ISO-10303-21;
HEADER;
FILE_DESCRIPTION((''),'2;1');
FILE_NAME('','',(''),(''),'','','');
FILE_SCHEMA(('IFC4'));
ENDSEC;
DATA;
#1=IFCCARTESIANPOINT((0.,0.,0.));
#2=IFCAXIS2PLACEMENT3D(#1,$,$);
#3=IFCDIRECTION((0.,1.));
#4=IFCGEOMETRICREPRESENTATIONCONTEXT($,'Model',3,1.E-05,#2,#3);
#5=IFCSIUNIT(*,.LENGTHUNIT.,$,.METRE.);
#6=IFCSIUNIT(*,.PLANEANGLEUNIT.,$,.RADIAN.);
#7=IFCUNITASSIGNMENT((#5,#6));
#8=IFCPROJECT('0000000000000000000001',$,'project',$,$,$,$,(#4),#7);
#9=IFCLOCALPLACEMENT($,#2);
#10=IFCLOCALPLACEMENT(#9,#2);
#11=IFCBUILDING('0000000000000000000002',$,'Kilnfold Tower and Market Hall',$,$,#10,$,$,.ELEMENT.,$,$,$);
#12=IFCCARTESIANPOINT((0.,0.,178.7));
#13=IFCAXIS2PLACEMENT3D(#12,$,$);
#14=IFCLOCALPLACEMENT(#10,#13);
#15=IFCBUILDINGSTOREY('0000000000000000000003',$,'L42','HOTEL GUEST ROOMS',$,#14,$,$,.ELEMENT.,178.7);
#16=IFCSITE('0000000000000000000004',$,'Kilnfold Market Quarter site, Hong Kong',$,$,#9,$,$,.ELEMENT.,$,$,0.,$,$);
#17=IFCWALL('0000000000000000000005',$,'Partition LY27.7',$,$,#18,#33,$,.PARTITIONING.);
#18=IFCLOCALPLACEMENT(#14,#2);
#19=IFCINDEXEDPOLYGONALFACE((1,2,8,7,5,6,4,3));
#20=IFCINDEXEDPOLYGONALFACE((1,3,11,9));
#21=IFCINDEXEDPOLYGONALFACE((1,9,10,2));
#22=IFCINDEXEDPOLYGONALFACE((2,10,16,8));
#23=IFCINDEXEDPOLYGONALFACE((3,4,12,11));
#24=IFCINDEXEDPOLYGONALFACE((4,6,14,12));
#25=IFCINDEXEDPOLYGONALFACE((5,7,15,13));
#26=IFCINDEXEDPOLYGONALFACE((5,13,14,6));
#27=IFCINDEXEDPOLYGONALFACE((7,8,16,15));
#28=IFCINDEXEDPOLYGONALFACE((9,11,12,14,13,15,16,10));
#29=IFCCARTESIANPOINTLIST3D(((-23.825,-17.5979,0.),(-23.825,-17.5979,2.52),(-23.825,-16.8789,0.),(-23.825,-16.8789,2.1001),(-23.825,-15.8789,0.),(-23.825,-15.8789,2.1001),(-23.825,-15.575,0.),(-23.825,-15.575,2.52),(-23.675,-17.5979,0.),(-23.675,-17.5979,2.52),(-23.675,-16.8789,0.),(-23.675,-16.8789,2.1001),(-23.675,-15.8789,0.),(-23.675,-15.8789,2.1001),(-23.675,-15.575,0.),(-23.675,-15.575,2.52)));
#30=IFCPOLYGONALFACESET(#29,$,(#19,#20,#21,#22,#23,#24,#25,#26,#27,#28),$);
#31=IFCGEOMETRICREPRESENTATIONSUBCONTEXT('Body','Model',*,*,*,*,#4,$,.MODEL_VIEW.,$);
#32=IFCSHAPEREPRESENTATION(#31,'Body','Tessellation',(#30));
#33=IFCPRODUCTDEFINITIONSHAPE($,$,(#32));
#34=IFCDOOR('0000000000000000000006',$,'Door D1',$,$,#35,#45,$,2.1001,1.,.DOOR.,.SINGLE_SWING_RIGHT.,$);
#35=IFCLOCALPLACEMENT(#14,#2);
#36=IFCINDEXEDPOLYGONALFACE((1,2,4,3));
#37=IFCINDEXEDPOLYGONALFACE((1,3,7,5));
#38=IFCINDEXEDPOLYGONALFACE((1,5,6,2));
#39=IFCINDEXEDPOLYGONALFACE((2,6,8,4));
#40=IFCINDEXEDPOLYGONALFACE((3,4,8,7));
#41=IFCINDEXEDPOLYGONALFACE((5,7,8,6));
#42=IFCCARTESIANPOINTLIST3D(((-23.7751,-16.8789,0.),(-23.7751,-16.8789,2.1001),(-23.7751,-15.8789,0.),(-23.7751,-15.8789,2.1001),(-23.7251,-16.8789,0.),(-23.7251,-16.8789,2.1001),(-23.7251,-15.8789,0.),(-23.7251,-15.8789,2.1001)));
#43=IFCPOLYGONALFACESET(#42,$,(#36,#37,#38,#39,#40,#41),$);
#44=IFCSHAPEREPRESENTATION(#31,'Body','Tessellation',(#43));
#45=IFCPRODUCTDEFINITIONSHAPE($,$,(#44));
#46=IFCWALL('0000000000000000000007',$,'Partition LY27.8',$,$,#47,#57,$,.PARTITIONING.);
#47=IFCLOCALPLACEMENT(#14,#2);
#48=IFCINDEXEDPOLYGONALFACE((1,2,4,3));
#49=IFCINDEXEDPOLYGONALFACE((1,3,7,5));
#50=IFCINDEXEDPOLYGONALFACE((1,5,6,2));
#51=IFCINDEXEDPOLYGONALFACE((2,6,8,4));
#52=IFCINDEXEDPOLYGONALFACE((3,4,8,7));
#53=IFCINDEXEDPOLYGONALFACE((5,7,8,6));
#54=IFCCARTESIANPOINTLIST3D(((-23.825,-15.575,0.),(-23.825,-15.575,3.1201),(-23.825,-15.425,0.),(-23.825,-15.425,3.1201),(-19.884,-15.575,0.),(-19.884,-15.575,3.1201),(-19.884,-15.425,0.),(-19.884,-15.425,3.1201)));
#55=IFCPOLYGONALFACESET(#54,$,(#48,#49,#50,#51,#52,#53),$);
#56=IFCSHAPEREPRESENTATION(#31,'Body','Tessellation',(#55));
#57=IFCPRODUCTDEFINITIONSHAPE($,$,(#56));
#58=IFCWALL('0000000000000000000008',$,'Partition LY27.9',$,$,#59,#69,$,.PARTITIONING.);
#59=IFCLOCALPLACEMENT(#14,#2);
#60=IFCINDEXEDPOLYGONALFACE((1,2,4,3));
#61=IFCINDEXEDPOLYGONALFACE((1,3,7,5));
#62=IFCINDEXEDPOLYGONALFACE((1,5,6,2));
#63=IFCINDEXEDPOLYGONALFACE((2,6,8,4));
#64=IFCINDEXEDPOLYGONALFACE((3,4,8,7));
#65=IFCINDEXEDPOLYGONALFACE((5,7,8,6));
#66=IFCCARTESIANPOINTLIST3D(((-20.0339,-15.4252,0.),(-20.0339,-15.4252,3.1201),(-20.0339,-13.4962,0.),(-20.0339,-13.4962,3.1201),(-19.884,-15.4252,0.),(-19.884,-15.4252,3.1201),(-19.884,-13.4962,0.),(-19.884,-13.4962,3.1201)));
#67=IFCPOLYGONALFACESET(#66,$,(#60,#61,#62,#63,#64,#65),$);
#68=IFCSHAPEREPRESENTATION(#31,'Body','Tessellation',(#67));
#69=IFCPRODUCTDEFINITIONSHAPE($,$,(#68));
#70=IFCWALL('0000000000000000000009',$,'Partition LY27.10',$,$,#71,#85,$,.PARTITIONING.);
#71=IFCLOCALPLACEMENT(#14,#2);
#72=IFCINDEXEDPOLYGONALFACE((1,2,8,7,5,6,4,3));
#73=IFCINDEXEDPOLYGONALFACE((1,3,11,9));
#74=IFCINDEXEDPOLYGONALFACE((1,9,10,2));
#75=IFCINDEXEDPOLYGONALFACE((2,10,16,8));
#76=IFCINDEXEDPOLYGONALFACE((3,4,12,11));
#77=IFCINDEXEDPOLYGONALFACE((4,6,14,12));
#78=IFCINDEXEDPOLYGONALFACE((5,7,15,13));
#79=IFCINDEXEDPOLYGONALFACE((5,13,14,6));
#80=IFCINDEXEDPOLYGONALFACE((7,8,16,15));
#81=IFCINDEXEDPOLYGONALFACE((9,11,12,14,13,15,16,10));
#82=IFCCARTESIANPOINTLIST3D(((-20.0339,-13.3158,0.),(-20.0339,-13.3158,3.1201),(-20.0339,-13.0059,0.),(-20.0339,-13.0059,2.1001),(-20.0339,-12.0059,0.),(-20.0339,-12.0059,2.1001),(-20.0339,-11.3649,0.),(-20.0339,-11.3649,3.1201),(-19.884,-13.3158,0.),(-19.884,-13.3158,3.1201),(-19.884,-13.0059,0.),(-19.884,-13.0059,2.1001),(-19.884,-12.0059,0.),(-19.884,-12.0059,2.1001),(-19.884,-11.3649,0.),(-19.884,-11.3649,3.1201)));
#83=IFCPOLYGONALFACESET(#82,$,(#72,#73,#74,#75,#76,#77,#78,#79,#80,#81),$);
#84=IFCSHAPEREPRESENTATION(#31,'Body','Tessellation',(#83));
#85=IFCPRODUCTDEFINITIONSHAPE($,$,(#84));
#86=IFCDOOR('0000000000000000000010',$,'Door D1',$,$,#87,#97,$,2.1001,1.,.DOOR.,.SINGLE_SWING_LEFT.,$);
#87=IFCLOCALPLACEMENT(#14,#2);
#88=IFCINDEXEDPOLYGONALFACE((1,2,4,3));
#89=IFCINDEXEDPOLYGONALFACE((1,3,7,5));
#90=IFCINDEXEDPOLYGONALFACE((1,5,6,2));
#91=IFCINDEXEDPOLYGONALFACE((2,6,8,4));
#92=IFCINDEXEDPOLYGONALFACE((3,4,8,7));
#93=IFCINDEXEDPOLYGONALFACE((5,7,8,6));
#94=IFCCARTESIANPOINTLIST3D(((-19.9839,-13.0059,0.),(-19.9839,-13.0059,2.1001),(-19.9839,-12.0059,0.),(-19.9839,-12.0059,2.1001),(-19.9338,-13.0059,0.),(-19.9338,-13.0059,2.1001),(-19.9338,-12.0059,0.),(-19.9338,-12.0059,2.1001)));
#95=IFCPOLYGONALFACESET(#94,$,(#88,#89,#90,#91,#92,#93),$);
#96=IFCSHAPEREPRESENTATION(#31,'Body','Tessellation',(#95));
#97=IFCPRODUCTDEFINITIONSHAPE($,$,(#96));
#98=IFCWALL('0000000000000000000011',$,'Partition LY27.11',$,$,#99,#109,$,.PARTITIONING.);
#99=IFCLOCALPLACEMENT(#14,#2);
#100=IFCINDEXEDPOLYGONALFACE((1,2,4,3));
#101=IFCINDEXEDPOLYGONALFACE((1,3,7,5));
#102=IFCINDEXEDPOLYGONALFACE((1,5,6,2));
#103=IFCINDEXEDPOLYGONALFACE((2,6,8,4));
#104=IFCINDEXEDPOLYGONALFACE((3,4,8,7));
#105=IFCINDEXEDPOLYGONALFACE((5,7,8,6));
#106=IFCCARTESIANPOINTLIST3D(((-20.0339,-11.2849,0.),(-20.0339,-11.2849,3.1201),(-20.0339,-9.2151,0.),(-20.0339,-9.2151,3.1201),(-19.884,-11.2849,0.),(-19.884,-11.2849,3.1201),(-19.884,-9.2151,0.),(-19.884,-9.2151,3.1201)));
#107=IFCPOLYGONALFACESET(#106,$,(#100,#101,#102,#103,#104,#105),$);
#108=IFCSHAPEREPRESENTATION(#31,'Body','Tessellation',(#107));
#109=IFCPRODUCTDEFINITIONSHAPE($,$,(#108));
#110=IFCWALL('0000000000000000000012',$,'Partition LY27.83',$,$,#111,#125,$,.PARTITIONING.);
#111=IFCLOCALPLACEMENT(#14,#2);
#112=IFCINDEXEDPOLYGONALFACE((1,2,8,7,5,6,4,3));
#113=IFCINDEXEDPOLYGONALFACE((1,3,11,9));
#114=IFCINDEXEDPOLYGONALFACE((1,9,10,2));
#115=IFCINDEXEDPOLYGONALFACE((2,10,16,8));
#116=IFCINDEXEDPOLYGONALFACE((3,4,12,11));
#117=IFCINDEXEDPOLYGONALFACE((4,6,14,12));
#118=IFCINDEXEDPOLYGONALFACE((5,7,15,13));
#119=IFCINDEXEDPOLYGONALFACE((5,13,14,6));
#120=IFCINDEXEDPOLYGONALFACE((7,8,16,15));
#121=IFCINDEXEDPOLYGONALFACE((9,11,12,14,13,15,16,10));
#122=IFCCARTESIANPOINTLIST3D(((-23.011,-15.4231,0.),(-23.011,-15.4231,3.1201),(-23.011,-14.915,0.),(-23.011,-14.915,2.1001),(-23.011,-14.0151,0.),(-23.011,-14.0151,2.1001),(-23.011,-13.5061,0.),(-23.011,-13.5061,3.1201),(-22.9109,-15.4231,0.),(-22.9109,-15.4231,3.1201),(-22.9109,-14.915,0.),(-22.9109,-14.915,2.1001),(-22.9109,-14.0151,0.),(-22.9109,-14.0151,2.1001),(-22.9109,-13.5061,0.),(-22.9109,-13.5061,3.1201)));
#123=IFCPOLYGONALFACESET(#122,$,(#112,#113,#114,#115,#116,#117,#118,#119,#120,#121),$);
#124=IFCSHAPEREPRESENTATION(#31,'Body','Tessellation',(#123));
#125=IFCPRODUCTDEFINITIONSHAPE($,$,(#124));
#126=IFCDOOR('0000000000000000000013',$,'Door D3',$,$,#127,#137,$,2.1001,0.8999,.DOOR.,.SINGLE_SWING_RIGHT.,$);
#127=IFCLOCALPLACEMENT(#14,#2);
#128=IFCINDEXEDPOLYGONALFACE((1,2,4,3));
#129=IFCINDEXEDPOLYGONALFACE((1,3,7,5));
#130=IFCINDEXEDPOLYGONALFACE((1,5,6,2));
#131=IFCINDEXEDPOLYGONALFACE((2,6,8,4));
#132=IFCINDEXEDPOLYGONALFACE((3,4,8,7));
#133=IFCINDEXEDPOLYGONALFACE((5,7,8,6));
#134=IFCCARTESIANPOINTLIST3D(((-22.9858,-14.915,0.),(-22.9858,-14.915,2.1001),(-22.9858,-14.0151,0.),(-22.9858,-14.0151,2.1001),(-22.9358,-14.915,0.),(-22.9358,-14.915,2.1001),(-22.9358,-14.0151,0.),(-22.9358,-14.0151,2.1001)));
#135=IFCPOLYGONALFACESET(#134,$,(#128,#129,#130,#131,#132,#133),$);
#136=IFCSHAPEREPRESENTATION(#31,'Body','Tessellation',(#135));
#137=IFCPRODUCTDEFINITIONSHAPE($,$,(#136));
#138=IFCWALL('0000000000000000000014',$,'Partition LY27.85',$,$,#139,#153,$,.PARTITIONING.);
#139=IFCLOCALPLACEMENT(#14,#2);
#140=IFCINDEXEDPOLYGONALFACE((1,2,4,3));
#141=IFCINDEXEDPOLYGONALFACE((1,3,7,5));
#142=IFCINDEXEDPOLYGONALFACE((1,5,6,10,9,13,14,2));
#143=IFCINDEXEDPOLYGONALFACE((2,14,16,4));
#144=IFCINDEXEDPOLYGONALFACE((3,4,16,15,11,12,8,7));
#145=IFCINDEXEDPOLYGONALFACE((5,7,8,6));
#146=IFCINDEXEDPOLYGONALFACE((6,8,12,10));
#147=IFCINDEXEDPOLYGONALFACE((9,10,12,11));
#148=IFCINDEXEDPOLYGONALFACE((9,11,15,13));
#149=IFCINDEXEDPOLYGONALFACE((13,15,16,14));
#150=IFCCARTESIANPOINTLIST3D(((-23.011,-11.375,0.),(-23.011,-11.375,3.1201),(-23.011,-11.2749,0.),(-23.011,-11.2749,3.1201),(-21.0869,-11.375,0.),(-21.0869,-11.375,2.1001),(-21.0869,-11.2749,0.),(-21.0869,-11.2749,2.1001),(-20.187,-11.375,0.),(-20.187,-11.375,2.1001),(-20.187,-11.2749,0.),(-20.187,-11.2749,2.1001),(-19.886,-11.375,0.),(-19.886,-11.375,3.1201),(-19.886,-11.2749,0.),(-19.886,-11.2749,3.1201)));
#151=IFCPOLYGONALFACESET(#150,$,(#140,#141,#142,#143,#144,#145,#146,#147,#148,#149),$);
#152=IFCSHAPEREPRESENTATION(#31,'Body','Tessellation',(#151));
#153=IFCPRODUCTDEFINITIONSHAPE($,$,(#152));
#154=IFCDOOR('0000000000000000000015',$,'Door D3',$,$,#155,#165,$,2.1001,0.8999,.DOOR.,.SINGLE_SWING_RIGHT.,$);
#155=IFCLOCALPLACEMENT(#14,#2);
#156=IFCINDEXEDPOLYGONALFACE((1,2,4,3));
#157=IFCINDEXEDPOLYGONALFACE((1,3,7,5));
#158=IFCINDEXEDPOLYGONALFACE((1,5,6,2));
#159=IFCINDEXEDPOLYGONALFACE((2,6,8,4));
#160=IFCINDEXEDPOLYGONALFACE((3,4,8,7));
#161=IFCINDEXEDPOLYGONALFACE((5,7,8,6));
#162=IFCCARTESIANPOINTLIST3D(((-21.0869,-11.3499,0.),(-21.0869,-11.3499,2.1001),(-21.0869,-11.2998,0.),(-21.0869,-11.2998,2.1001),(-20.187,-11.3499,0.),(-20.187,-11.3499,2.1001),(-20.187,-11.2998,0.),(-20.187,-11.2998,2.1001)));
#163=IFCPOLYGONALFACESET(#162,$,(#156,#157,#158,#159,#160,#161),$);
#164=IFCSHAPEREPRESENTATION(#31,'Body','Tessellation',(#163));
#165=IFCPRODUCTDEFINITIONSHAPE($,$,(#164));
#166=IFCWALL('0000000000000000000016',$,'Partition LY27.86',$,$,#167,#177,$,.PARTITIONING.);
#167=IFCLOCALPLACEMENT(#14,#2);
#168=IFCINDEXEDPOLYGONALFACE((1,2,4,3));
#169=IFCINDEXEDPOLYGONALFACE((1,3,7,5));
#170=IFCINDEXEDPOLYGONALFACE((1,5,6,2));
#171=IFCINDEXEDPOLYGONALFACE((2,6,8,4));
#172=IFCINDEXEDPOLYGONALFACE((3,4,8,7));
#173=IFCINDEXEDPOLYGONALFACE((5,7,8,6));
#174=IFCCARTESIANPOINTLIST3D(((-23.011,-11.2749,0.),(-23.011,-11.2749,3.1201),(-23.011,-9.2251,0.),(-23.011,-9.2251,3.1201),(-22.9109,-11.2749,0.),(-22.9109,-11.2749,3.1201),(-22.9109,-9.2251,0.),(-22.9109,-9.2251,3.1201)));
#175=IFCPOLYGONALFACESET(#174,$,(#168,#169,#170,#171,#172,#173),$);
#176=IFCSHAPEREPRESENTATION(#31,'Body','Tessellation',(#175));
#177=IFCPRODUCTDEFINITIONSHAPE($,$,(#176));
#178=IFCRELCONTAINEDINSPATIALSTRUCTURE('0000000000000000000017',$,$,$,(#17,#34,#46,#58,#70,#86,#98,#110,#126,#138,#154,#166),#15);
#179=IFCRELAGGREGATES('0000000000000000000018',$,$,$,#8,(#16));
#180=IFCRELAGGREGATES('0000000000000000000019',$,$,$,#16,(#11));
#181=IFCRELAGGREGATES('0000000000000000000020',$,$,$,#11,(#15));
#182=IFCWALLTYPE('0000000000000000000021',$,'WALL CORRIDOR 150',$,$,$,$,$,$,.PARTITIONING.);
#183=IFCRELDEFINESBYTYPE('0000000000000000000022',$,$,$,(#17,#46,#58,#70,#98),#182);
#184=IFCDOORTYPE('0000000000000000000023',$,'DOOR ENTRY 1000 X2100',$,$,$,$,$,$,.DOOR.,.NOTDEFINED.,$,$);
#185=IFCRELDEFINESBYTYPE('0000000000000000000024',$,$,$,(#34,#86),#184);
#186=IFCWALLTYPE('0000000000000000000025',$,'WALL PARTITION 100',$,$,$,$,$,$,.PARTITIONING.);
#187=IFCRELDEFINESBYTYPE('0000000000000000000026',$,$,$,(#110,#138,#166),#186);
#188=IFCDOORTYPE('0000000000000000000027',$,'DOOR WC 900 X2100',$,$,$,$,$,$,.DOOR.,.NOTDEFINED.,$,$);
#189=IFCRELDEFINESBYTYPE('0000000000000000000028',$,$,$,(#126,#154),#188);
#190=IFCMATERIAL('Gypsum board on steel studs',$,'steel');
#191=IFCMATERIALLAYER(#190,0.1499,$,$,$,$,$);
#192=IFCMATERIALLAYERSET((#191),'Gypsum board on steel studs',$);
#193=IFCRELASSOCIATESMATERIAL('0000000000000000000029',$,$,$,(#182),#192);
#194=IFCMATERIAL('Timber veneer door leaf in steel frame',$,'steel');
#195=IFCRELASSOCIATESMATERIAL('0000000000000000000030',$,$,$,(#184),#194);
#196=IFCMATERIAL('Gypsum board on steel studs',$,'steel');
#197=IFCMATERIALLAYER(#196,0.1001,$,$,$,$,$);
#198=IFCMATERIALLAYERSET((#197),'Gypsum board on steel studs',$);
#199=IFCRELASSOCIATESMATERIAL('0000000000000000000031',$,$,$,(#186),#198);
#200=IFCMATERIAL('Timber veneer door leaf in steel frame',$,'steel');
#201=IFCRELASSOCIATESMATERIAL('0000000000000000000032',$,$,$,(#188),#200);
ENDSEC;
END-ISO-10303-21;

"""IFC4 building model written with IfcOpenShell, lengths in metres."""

from ifc_helpers import new_model, si_unit, direction, frame, frame_2d, origin, place, context, subcontext, project, spatial, rectangle, extrude, material, layer, layer_set, type_object, element, fill, save


model = new_model("IFC4")

# Units and contexts
model_context = context("Model", 3, precision=1e-05, world=origin(), true_north=direction((0.0, 1.0)))
body_context = subcontext(model_context, "Body", "Model", "MODEL_VIEW")
ifc_project = project(units=[si_unit("LENGTHUNIT", "METRE"), si_unit("PLANEANGLEUNIT", "RADIAN")], contexts=[model_context])

# Site, building, storey
site_placement = place(None, origin())
site = spatial("IfcSite", under=ifc_project, at=site_placement, Name="Kilnfold Market Quarter site, Hong Kong", CompositionType="ELEMENT", RefElevation=0.0)
building_placement = place(site_placement, origin())
building = spatial("IfcBuilding", under=site, at=building_placement, Name="Kilnfold Tower and Market Hall", CompositionType="ELEMENT")
storey_placement = place(building_placement, frame((0.0, 0.0, 178.7)))
storey = spatial("IfcBuildingStorey", under=building, at=storey_placement, Name="L42", Description="HOTEL GUEST ROOMS", CompositionType="ELEMENT", Elevation=178.7)

# Wall, opening, door
ifc_material_1 = material(Name="Gypsum board on steel studs", Category="steel")
ifc_layer_1 = layer(ifc_material_1, 0.1499)
ifc_layer_set_1 = layer_set([ifc_layer_1], Name="Gypsum board on steel studs")
wall_type_1 = type_object("IfcWallType", Name="WALL CORRIDOR 150", PredefinedType="PARTITIONING", material=ifc_layer_set_1)
wall_1_placement = place(storey_placement, frame((-23.75, -15.575, 0.0), z_axis=(0.0, 0.0, 1.0), x_axis=(0.0, -1.0, 0.0)))
wall_1 = element("IfcWall", 1, at=wall_1_placement, inside=storey, type_object=wall_type_1, Name="Partition LY27.7", PredefinedType="PARTITIONING", context=body_context, shape_type="SweptSolid", body=[
    extrude(rectangle(XDim=2.0229, YDim=0.1499, at=frame_2d((1.0115, 0.0))), origin(), (0.0, 0.0, 1.0), 2.52),
])
opening_1_placement = place(wall_1_placement, frame((0.304, 0.0, 0.0)))
opening_1 = element("IfcOpeningElement", 2, at=opening_1_placement, cuts=wall_1, PredefinedType="OPENING", context=body_context, shape_type="SweptSolid", body=[
    extrude(rectangle(XDim=1.0, YDim=2.1001, at=frame_2d((0.5, 1.05))), frame((0.0, 0.085, 0.0), z_axis=(0.0, -1.0, 0.0), x_axis=(1.0, 0.0, 0.0)), (0.0, 0.0, 1.0), 0.1699),
])
ifc_material_2 = material(Name="Timber veneer door leaf in steel frame", Category="steel")
door_type_1 = type_object("IfcDoorType", Name="DOOR ENTRY 1000 X2100", OperationType="NOTDEFINED", PredefinedType="DOOR", material=ifc_material_2)
door_1_placement = place(opening_1_placement, origin())
door_1 = element("IfcDoor", 3, at=door_1_placement, inside=storey, type_object=door_type_1, Name="Door D1", OperationType="SINGLE_SWING_RIGHT", OverallHeight=2.1001, OverallWidth=1.0, PredefinedType="DOOR", context=body_context, shape_type="SweptSolid", body=[
    extrude(rectangle(XDim=1.0, YDim=2.1001, at=frame_2d((0.5, 1.05))), frame((0.0, 0.0249, 0.0), z_axis=(0.0, -1.0, 0.0), x_axis=(1.0, 0.0, 0.0)), (0.0, 0.0, 1.0), 0.05),
])
fill(opening_1, door_1)

# Walls
wall_2_placement = place(storey_placement, frame((-23.825, -15.5, 0.0), z_axis=(0.0, 0.0, 1.0), x_axis=(1.0, 0.0, 0.0)))
element("IfcWall", 4, at=wall_2_placement, inside=storey, type_object=wall_type_1, Name="Partition LY27.8", PredefinedType="PARTITIONING", context=body_context, shape_type="SweptSolid", body=[
    extrude(rectangle(XDim=3.9409, YDim=0.1499, at=frame_2d((1.9705, 0.0))), origin(), (0.0, 0.0, 1.0), 3.1201),
])
wall_3_placement = place(storey_placement, frame((-19.959, -15.425, 0.0), z_axis=(0.0, 0.0, 1.0), x_axis=(0.0, 1.0, 0.0)))
element("IfcWall", 5, at=wall_3_placement, inside=storey, type_object=wall_type_1, Name="Partition LY27.9", PredefinedType="PARTITIONING", context=body_context, shape_type="SweptSolid", body=[
    extrude(rectangle(XDim=1.929, YDim=0.1499, at=frame_2d((0.9644, 0.0))), origin(), (0.0, 0.0, 1.0), 3.1201),
])

# Wall, opening, door
wall_4_placement = place(storey_placement, frame((-19.959, -13.3159, 0.0), z_axis=(0.0, 0.0, 1.0), x_axis=(0.0, 1.0, 0.0)))
wall_4 = element("IfcWall", 6, at=wall_4_placement, inside=storey, type_object=wall_type_1, Name="Partition LY27.10", PredefinedType="PARTITIONING", context=body_context, shape_type="SweptSolid", body=[
    extrude(rectangle(XDim=1.9509, YDim=0.1499, at=frame_2d((0.9756, 0.0))), origin(), (0.0, 0.0, 1.0), 3.1201),
])
opening_2_placement = place(wall_4_placement, frame((0.3101, 0.0, 0.0)))
opening_2 = element("IfcOpeningElement", 7, at=opening_2_placement, cuts=wall_4, PredefinedType="OPENING", context=body_context, shape_type="SweptSolid", body=[
    extrude(rectangle(XDim=1.0, YDim=2.1001, at=frame_2d((0.5, 1.05))), frame((0.0, 0.085, 0.0), z_axis=(0.0, -1.0, 0.0), x_axis=(1.0, 0.0, 0.0)), (0.0, 0.0, 1.0), 0.1699),
])
door_2_placement = place(opening_2_placement, origin())
door_2 = element("IfcDoor", 8, at=door_2_placement, inside=storey, type_object=door_type_1, Name="Door D1", OperationType="SINGLE_SWING_LEFT", OverallHeight=2.1001, OverallWidth=1.0, PredefinedType="DOOR", context=body_context, shape_type="SweptSolid", body=[
    extrude(rectangle(XDim=1.0, YDim=2.1001, at=frame_2d((0.5, 1.05))), frame((0.0, 0.0249, 0.0), z_axis=(0.0, -1.0, 0.0), x_axis=(1.0, 0.0, 0.0)), (0.0, 0.0, 1.0), 0.05),
])
fill(opening_2, door_2)

# Wall
wall_5_placement = place(storey_placement, frame((-19.959, -11.2849, 0.0), z_axis=(0.0, 0.0, 1.0), x_axis=(0.0, 1.0, 0.0)))
element("IfcWall", 9, at=wall_5_placement, inside=storey, type_object=wall_type_1, Name="Partition LY27.11", PredefinedType="PARTITIONING", context=body_context, shape_type="SweptSolid", body=[
    extrude(rectangle(XDim=2.0698, YDim=0.1499, at=frame_2d((1.0349, 0.0))), origin(), (0.0, 0.0, 1.0), 3.1201),
])

# Walls, openings, doors
ifc_material_3 = material(Name="Gypsum board on steel studs", Category="steel")
ifc_layer_2 = layer(ifc_material_3, 0.1001)
ifc_layer_set_2 = layer_set([ifc_layer_2], Name="Gypsum board on steel studs")
wall_type_2 = type_object("IfcWallType", Name="WALL PARTITION 100", PredefinedType="PARTITIONING", material=ifc_layer_set_2)
wall_6_placement = place(storey_placement, frame((-22.9609, -15.4231, 0.0), z_axis=(0.0, 0.0, 1.0), x_axis=(0.0, 1.0, 0.0)))
wall_6 = element("IfcWall", 10, at=wall_6_placement, inside=storey, type_object=wall_type_2, Name="Partition LY27.83", PredefinedType="PARTITIONING", context=body_context, shape_type="SweptSolid", body=[
    extrude(rectangle(XDim=1.917, YDim=0.1001, at=frame_2d((0.9585, 0.0))), origin(), (0.0, 0.0, 1.0), 3.1201),
])
opening_3_placement = place(wall_6_placement, frame((0.5081, 0.0, 0.0)))
opening_3 = element("IfcOpeningElement", 11, at=opening_3_placement, cuts=wall_6, PredefinedType="OPENING", context=body_context, shape_type="SweptSolid", body=[
    extrude(rectangle(XDim=0.8999, YDim=2.1001, at=frame_2d((0.45, 1.05))), frame((0.0, 0.0601, 0.0), z_axis=(0.0, -1.0, 0.0), x_axis=(1.0, 0.0, 0.0)), (0.0, 0.0, 1.0), 0.1201),
])
ifc_material_4 = material(Name="Timber veneer door leaf in steel frame", Category="steel")
door_type_2 = type_object("IfcDoorType", Name="DOOR WC 900 X2100", OperationType="NOTDEFINED", PredefinedType="DOOR", material=ifc_material_4)
door_3_placement = place(opening_3_placement, origin())
door_3 = element("IfcDoor", 12, at=door_3_placement, inside=storey, type_object=door_type_2, Name="Door D3", OperationType="SINGLE_SWING_RIGHT", OverallHeight=2.1001, OverallWidth=0.8999, PredefinedType="DOOR", context=body_context, shape_type="SweptSolid", body=[
    extrude(rectangle(XDim=0.8999, YDim=2.1001, at=frame_2d((0.45, 1.05))), frame((0.0, 0.0249, 0.0), z_axis=(0.0, -1.0, 0.0), x_axis=(1.0, 0.0, 0.0)), (0.0, 0.0, 1.0), 0.05),
])
fill(opening_3, door_3)
wall_7_placement = place(storey_placement, frame((-19.886, -11.325, 0.0), z_axis=(0.0, 0.0, 1.0), x_axis=(-1.0, 0.0, 0.0)))
wall_7 = element("IfcWall", 13, at=wall_7_placement, inside=storey, type_object=wall_type_2, Name="Partition LY27.85", PredefinedType="PARTITIONING", context=body_context, shape_type="SweptSolid", body=[
    extrude(rectangle(XDim=3.125, YDim=0.1001, at=frame_2d((1.5625, 0.0))), origin(), (0.0, 0.0, 1.0), 3.1201),
])
opening_4_placement = place(wall_7_placement, frame((0.301, 0.0, 0.0)))
opening_4 = element("IfcOpeningElement", 14, at=opening_4_placement, cuts=wall_7, PredefinedType="OPENING", context=body_context, shape_type="SweptSolid", body=[
    extrude(rectangle(XDim=0.8999, YDim=2.1001, at=frame_2d((0.45, 1.05))), frame((0.0, 0.0601, 0.0), z_axis=(0.0, -1.0, 0.0), x_axis=(1.0, 0.0, 0.0)), (0.0, 0.0, 1.0), 0.1201),
])
door_4_placement = place(opening_4_placement, origin())
door_4 = element("IfcDoor", 15, at=door_4_placement, inside=storey, type_object=door_type_2, Name="Door D3", OperationType="SINGLE_SWING_RIGHT", OverallHeight=2.1001, OverallWidth=0.8999, PredefinedType="DOOR", context=body_context, shape_type="SweptSolid", body=[
    extrude(rectangle(XDim=0.8999, YDim=2.1001, at=frame_2d((0.45, 1.05))), frame((0.0, 0.0249, 0.0), z_axis=(0.0, -1.0, 0.0), x_axis=(1.0, 0.0, 0.0)), (0.0, 0.0, 1.0), 0.05),
])
fill(opening_4, door_4)

# Wall
wall_8_placement = place(storey_placement, frame((-22.9609, -11.2749, 0.0), z_axis=(0.0, 0.0, 1.0), x_axis=(0.0, 1.0, 0.0)))
element("IfcWall", 16, at=wall_8_placement, inside=storey, type_object=wall_type_2, Name="Partition LY27.86", PredefinedType="PARTITIONING", context=body_context, shape_type="SweptSolid", body=[
    extrude(rectangle(XDim=2.0498, YDim=0.1001, at=frame_2d((1.0249, 0.0))), origin(), (0.0, 0.0, 1.0), 3.1201),
])

save(model, "model.ifc")
